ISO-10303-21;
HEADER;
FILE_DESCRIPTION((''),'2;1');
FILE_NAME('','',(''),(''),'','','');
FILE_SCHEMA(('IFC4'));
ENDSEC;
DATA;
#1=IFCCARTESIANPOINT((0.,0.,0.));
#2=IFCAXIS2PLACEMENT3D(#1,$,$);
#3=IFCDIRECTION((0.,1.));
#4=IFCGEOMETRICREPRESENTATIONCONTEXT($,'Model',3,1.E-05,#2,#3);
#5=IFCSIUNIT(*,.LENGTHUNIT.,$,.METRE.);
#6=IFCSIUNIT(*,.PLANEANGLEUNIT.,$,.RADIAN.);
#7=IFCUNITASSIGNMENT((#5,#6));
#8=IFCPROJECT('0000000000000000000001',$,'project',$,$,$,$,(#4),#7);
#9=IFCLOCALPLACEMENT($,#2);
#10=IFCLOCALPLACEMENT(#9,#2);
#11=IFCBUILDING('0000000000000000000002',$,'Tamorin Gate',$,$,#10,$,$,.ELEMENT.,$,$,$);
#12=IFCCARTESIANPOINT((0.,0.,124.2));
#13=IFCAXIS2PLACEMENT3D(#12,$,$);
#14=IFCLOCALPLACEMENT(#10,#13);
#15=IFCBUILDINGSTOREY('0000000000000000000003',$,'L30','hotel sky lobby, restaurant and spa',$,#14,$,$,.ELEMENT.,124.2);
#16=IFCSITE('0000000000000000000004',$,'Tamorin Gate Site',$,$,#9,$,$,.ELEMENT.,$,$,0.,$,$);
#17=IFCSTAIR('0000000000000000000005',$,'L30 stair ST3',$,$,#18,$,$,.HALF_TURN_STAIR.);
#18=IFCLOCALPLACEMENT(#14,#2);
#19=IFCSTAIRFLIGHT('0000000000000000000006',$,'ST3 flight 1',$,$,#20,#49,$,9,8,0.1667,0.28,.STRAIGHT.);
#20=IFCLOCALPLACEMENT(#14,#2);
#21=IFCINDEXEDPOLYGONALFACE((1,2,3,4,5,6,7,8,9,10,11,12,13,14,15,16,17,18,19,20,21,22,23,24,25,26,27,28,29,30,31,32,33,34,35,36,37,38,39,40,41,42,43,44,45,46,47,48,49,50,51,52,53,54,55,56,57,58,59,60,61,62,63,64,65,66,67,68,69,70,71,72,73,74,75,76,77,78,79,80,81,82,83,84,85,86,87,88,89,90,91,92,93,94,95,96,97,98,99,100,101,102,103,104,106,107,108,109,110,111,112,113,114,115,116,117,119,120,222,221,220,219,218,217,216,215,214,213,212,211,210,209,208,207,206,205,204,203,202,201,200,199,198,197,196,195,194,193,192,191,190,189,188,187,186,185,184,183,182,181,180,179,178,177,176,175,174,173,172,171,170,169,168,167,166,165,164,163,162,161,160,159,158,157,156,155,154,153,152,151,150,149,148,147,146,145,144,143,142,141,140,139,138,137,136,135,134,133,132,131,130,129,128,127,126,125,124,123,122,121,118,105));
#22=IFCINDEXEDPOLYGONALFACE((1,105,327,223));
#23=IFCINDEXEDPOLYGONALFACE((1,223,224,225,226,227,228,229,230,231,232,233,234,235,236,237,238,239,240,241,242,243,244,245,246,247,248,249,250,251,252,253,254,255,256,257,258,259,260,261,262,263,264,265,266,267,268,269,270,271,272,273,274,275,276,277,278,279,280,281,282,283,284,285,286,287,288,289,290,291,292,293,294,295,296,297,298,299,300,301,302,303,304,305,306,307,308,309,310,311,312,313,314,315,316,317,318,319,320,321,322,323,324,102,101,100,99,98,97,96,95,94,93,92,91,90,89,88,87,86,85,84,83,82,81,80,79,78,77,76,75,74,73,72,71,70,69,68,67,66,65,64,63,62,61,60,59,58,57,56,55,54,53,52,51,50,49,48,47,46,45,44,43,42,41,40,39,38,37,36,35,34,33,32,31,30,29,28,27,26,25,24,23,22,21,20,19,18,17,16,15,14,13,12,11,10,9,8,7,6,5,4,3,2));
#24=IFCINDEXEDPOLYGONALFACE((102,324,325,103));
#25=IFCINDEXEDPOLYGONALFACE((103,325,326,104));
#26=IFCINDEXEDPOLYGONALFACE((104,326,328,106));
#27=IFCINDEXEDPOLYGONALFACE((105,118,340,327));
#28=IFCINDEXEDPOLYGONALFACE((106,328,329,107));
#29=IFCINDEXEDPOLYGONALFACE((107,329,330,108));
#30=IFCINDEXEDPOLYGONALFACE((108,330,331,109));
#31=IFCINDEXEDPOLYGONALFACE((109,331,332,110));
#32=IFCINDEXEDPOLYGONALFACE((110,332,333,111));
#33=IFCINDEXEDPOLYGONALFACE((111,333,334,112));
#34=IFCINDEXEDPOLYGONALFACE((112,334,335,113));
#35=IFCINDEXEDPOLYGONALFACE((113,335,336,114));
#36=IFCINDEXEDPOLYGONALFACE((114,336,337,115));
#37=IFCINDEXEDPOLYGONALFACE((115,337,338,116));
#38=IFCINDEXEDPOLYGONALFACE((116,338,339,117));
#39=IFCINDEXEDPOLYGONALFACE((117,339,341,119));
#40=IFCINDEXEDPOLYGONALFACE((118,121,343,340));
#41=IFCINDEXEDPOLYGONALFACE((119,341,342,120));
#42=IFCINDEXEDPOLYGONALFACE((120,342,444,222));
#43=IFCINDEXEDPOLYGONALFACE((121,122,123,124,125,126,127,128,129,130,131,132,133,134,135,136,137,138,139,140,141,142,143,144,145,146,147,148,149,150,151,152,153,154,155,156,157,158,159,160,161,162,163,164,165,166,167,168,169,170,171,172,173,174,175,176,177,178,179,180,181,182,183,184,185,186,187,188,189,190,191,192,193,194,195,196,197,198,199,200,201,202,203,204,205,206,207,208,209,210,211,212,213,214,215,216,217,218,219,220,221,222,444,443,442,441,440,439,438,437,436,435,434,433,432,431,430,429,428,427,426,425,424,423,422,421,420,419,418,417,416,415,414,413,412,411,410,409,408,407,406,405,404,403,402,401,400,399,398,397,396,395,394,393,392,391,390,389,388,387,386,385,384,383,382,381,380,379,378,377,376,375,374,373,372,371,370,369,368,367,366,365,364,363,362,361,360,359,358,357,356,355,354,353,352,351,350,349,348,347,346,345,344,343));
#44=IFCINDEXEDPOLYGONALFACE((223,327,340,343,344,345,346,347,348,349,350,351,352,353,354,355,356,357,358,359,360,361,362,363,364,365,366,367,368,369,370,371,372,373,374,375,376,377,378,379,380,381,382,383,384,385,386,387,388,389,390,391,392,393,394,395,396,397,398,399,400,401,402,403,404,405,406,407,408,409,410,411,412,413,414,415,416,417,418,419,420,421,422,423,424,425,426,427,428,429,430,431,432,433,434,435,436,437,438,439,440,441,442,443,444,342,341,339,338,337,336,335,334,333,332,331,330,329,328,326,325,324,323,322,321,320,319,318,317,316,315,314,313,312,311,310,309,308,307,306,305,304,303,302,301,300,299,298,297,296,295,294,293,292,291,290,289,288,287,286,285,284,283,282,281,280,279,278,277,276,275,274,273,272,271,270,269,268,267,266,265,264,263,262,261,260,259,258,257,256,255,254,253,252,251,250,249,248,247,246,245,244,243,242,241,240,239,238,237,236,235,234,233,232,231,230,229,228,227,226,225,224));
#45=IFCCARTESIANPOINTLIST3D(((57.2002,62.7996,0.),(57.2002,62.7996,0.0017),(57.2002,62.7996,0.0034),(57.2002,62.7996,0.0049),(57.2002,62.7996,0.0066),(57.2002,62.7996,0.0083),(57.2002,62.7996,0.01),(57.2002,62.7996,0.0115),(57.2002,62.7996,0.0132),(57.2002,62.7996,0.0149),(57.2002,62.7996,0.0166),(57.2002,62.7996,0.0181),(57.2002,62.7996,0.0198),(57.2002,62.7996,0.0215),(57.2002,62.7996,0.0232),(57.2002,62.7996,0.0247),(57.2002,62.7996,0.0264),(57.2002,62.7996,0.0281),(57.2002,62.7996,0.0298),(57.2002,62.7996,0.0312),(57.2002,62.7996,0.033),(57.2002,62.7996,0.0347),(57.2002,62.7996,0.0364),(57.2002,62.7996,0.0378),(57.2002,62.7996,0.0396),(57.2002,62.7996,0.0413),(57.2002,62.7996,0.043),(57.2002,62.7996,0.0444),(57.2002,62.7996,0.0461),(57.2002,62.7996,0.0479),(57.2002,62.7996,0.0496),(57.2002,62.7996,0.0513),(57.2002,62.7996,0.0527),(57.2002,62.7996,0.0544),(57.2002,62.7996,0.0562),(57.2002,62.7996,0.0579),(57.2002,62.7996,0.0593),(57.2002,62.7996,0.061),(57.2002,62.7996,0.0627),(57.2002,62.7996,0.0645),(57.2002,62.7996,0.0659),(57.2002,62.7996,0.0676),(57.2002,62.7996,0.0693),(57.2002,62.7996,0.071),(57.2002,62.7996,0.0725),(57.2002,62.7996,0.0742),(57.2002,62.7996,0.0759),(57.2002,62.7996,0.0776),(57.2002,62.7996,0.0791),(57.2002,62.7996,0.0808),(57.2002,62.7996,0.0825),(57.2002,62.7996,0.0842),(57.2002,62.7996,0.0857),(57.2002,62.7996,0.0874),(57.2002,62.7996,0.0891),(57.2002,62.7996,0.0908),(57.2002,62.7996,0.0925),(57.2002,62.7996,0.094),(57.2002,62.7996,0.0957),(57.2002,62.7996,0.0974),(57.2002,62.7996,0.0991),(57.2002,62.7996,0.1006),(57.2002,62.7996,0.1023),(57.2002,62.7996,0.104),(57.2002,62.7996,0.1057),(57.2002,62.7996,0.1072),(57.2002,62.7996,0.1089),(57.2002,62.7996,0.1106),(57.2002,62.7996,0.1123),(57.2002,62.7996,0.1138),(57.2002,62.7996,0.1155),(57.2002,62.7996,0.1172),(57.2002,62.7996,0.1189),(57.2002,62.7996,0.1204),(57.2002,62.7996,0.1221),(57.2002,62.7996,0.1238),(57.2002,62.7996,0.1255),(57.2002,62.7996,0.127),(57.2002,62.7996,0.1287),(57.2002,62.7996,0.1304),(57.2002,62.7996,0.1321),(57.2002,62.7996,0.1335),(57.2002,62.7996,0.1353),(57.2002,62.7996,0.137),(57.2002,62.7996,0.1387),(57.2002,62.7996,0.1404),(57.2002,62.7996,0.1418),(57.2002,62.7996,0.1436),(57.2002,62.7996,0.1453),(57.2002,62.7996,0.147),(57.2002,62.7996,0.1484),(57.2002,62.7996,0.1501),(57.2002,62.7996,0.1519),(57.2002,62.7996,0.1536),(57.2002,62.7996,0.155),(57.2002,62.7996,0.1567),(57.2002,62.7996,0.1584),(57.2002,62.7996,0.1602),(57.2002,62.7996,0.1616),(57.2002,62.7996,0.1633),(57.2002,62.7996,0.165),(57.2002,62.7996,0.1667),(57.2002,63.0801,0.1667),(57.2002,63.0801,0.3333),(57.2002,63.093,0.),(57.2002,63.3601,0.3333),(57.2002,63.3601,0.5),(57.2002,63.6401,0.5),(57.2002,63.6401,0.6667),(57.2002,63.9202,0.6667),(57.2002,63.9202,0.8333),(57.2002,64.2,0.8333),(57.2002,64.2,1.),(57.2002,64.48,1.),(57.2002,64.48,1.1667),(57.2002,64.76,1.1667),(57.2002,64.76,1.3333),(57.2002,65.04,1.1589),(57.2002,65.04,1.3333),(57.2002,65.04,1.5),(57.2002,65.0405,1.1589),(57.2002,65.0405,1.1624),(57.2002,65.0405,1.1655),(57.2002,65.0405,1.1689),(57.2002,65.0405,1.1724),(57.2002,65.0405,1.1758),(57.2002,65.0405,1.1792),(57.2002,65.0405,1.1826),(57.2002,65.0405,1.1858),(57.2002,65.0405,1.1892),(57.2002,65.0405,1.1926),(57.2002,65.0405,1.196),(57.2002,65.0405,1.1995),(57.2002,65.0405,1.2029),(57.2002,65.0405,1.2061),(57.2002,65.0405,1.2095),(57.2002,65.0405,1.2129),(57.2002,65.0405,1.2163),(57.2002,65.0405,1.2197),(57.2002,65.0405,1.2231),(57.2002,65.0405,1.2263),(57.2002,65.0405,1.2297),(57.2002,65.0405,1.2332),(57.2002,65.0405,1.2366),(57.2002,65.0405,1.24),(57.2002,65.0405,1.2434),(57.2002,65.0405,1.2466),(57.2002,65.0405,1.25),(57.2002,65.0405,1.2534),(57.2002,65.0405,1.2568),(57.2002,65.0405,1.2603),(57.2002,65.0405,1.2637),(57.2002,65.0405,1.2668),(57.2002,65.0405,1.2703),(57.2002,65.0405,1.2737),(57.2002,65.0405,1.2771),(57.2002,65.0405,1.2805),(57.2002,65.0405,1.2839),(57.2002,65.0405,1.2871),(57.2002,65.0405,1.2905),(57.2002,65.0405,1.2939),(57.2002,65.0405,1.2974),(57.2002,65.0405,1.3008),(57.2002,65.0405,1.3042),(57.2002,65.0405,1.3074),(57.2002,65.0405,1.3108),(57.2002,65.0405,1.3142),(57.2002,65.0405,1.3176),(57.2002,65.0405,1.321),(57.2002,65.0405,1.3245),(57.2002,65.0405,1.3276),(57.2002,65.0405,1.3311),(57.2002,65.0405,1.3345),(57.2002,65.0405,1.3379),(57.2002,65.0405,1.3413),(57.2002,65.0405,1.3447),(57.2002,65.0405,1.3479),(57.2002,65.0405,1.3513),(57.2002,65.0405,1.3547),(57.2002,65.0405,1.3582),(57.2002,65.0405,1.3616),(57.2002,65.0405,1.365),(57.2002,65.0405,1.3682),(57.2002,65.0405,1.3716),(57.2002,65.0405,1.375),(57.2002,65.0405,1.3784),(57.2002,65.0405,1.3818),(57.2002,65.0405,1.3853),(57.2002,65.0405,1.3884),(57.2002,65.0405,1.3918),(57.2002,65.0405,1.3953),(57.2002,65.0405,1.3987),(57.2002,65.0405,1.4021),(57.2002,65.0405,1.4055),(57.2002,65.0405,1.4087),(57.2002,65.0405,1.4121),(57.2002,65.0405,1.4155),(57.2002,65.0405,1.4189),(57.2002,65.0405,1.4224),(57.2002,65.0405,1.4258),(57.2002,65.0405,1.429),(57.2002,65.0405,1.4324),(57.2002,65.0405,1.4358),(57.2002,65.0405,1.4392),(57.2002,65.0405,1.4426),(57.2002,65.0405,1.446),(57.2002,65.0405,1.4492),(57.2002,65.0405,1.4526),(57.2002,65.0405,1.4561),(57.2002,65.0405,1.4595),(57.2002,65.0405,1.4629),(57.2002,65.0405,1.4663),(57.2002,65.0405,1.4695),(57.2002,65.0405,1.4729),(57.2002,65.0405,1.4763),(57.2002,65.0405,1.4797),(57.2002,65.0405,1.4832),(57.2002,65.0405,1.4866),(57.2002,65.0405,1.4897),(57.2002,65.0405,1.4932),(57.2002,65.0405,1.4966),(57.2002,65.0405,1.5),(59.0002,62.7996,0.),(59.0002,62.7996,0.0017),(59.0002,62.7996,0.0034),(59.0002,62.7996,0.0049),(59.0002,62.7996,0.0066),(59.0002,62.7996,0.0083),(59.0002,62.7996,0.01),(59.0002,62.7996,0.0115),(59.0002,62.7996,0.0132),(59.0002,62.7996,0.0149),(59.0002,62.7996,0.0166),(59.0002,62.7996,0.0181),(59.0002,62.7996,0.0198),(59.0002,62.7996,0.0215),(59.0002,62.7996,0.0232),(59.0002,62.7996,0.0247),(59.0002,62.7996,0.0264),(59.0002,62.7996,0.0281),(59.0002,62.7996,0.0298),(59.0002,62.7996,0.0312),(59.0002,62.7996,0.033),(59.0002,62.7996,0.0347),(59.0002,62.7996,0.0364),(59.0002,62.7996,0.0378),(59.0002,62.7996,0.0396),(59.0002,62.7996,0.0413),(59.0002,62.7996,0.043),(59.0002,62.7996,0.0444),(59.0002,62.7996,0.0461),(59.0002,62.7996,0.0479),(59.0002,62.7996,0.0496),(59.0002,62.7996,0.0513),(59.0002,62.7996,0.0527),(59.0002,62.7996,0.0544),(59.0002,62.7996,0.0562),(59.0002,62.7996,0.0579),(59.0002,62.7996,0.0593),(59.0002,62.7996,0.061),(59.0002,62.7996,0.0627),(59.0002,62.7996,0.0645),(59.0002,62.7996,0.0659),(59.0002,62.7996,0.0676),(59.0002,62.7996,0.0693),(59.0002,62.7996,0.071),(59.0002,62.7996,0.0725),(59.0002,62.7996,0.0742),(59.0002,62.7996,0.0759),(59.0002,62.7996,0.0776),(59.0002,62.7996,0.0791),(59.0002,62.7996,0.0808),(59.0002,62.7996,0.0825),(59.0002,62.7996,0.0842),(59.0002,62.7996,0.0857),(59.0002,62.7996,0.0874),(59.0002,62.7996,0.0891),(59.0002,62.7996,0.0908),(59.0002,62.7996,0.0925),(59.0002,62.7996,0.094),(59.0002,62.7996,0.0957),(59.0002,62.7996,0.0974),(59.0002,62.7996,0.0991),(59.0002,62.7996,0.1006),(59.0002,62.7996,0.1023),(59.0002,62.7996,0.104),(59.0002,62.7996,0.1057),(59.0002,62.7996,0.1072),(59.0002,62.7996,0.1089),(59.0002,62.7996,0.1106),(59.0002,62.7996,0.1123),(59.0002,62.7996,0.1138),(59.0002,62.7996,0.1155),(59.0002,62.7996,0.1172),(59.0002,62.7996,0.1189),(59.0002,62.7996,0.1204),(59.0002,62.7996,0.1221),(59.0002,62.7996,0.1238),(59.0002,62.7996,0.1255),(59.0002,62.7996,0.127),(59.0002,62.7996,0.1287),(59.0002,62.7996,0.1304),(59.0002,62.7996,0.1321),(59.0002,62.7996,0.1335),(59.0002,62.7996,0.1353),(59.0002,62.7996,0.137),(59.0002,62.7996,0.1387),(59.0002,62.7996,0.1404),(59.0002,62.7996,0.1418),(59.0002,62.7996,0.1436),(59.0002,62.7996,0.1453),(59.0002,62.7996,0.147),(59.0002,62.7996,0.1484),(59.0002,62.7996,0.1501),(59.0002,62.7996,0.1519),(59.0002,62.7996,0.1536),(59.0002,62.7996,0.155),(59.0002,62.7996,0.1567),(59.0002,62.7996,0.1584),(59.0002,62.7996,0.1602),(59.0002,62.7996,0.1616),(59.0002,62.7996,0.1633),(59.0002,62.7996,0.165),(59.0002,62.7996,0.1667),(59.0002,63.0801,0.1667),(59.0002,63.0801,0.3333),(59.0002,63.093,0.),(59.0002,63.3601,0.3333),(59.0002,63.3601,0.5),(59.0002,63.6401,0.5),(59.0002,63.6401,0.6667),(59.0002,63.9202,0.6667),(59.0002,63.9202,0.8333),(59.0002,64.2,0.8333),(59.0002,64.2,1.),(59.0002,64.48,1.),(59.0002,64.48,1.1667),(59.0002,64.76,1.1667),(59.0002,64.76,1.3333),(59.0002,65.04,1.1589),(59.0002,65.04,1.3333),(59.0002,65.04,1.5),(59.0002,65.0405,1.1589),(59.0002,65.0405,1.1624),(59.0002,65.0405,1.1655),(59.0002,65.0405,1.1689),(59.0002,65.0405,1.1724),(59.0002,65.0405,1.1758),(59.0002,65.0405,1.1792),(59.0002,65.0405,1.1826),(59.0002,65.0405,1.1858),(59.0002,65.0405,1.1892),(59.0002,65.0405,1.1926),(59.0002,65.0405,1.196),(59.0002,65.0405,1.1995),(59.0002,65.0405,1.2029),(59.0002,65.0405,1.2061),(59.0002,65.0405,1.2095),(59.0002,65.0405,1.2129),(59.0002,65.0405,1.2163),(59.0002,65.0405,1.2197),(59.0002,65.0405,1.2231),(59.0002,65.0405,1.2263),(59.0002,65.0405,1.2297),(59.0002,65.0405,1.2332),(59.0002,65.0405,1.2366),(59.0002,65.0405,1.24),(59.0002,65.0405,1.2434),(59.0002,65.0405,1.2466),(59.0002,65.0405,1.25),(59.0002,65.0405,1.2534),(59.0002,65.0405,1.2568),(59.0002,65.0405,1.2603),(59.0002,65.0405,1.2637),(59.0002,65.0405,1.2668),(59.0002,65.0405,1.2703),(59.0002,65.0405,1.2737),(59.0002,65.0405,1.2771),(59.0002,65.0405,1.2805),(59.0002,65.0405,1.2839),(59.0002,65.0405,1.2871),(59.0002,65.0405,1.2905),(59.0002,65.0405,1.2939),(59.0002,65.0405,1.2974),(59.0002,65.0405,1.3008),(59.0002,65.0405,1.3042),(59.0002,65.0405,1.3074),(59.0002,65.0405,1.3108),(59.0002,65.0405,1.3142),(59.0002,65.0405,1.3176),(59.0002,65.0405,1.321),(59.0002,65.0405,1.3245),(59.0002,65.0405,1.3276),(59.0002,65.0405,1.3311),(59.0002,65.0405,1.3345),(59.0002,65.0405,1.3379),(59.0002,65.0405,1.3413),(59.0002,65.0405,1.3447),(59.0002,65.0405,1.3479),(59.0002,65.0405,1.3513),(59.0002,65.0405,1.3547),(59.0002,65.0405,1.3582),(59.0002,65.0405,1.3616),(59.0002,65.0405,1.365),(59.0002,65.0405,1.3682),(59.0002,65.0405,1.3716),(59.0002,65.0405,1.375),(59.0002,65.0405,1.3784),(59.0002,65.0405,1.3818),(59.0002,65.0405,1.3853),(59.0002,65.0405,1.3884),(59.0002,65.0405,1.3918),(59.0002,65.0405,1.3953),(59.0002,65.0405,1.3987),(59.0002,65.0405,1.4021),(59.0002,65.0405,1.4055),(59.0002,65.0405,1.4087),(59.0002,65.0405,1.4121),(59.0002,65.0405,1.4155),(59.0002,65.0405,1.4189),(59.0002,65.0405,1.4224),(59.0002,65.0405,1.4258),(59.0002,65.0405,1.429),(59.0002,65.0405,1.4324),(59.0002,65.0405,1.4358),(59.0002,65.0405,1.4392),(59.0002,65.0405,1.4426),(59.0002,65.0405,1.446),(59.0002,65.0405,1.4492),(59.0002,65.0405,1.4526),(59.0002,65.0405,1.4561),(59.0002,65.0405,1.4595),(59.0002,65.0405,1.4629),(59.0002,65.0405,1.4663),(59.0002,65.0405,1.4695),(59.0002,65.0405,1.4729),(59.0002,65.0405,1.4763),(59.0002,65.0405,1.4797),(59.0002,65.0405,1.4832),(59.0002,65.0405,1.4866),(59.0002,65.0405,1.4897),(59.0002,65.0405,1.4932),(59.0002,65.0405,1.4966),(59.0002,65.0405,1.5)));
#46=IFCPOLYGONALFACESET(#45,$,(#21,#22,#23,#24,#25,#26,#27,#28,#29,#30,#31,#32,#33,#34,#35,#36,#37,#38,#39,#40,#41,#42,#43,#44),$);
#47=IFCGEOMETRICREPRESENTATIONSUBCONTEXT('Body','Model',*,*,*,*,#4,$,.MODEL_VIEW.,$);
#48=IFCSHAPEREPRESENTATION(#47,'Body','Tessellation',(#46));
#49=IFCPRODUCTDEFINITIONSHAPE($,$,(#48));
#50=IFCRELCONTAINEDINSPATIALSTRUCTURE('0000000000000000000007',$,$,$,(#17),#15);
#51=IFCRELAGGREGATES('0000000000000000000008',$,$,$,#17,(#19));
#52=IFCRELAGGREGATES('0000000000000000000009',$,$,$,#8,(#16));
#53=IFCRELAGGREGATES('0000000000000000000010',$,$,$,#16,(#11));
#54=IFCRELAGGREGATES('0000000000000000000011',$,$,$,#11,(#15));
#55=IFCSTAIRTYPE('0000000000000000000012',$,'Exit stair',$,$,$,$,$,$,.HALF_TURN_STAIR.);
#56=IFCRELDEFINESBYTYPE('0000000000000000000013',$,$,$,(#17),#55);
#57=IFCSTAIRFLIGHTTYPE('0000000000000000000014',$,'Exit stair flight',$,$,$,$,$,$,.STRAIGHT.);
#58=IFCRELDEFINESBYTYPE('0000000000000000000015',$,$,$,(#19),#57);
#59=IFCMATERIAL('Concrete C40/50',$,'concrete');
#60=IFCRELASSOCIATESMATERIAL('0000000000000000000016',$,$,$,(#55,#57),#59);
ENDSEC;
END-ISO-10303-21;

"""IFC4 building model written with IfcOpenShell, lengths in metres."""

from ifc_helpers import new_model, si_unit, direction, frame, origin, place, context, subcontext, project, spatial, polyline, outline, extrude, material, type_object, element, aggregate, save


model = new_model("IFC4")

# Units and contexts
model_context = context("Model", 3, precision=1e-05, world=origin(), true_north=direction((0.0, 1.0)))
body_context = subcontext(model_context, "Body", "Model", "MODEL_VIEW")
ifc_project = project(units=[si_unit("LENGTHUNIT", "METRE"), si_unit("PLANEANGLEUNIT", "RADIAN")], contexts=[model_context])

# Site, building, storey
site_placement = place(None, origin())
site = spatial("IfcSite", under=ifc_project, at=site_placement, Name="Tamorin Gate Site", CompositionType="ELEMENT", RefElevation=0.0)
building_placement = place(site_placement, origin())
building = spatial("IfcBuilding", under=site, at=building_placement, Name="Tamorin Gate", CompositionType="ELEMENT")
storey_placement = place(building_placement, frame((0.0, 0.0, 124.2)))
storey = spatial("IfcBuildingStorey", under=building, at=storey_placement, Name="L30", Description="hotel sky lobby, restaurant and spa", CompositionType="ELEMENT", Elevation=124.2)

# Shared definitions
ifc_material_1 = material(Name="Concrete C40/50", Category="concrete")

# Stair, stair flight
stair_type = type_object("IfcStairType", Name="Exit stair", PredefinedType="HALF_TURN_STAIR", material=ifc_material_1)
stair_placement = place(storey_placement, origin())
stair = element("IfcStair", 1, at=stair_placement, inside=storey, type_object=stair_type, Name="L30 stair ST3", PredefinedType="HALF_TURN_STAIR")
stair_flight_type = type_object("IfcStairFlightType", Name="Exit stair flight", PredefinedType="STRAIGHT", material=ifc_material_1)
stair_flight_1_placement = place(storey_placement, frame((58.1001, 62.8, 0.0), z_axis=(0.0, 0.0, 1.0), x_axis=(0.0, 1.0, 0.0)))
stair_flight_1 = element("IfcStairFlight", 2, at=stair_flight_1_placement, type_object=stair_flight_type, Name="ST3 flight 1", NumberOfRisers=9, NumberOfTreads=8, PredefinedType="STRAIGHT", RiserHeight=0.1667, TreadLength=0.28, context=body_context, shape_type="SweptSolid", body=[
    extrude(outline(polyline([(-0.0005, 0.0), (-0.0005, 0.0017), (-0.0005, 0.0034), (-0.0005, 0.0049), (-0.0005, 0.0066), (-0.0005, 0.0083), (-0.0005, 0.01), (-0.0005, 0.0115), (-0.0005, 0.0132), (-0.0005, 0.0149), (-0.0005, 0.0166), (-0.0005, 0.0181), (-0.0005, 0.0198), (-0.0005, 0.0215), (-0.0005, 0.0232), (-0.0005, 0.0247), (-0.0005, 0.0264), (-0.0005, 0.0281), (-0.0005, 0.0298), (-0.0005, 0.0312), (-0.0005, 0.033), (-0.0005, 0.0347), (-0.0005, 0.0364), (-0.0005, 0.0378), (-0.0005, 0.0396), (-0.0005, 0.0413), (-0.0005, 0.043), (-0.0005, 0.0444), (-0.0005, 0.0461), (-0.0005, 0.0479), (-0.0005, 0.0496), (-0.0005, 0.0513), (-0.0005, 0.0527), (-0.0005, 0.0544), (-0.0005, 0.0562), (-0.0005, 0.0579), (-0.0005, 0.0593), (-0.0005, 0.061), (-0.0005, 0.0627), (-0.0005, 0.0645), (-0.0005, 0.0659), (-0.0005, 0.0676), (-0.0005, 0.0693), (-0.0005, 0.071), (-0.0005, 0.0725), (-0.0005, 0.0742), (-0.0005, 0.0759), (-0.0005, 0.0776), (-0.0005, 0.0791), (-0.0005, 0.0808), (-0.0005, 0.0825), (-0.0005, 0.0842), (-0.0005, 0.0857), (-0.0005, 0.0874), (-0.0005, 0.0891), (-0.0005, 0.0908), (-0.0005, 0.0925), (-0.0005, 0.094), (-0.0005, 0.0957), (-0.0005, 0.0974), (-0.0005, 0.0991), (-0.0005, 0.1006), (-0.0005, 0.1023), (-0.0005, 0.104), (-0.0005, 0.1057), (-0.0005, 0.1072), (-0.0005, 0.1089), (-0.0005, 0.1106), (-0.0005, 0.1123), (-0.0005, 0.1138), (-0.0005, 0.1155), (-0.0005, 0.1172), (-0.0005, 0.1189), (-0.0005, 0.1204), (-0.0005, 0.1221), (-0.0005, 0.1238), (-0.0005, 0.1255), (-0.0005, 0.127), (-0.0005, 0.1287), (-0.0005, 0.1304), (-0.0005, 0.1321), (-0.0005, 0.1335), (-0.0005, 0.1353), (-0.0005, 0.137), (-0.0005, 0.1387), (-0.0005, 0.1404), (-0.0005, 0.1418), (-0.0005, 0.1436), (-0.0005, 0.1453), (-0.0005, 0.147), (-0.0005, 0.1484), (-0.0005, 0.1501), (-0.0005, 0.1519), (-0.0005, 0.1536), (-0.0005, 0.155), (-0.0005, 0.1567), (-0.0005, 0.1584), (-0.0005, 0.1602), (-0.0005, 0.1616), (-0.0005, 0.1633), (-0.0005, 0.165), (-0.0005, 0.1667), (0.28, 0.1667), (0.28, 0.3333), (0.5601, 0.3333), (0.5601, 0.5), (0.8401, 0.5), (0.8401, 0.6667), (1.1201, 0.6667), (1.1201, 0.8333), (1.3999, 0.8333), (1.3999, 1.0), (1.6799, 1.0), (1.6799, 1.1667), (1.96, 1.1667), (1.96, 1.3333), (2.24, 1.3333), (2.24, 1.5), (2.2405, 1.5), (2.2405, 1.4966), (2.2405, 1.4932), (2.2405, 1.4897), (2.2405, 1.4866), (2.2405, 1.4832), (2.2405, 1.4797), (2.2405, 1.4763), (2.2405, 1.4729), (2.2405, 1.4695), (2.2405, 1.4663), (2.2405, 1.4629), (2.2405, 1.4595), (2.2405, 1.4561), (2.2405, 1.4526), (2.2405, 1.4492), (2.2405, 1.446), (2.2405, 1.4426), (2.2405, 1.4392), (2.2405, 1.4358), (2.2405, 1.4324), (2.2405, 1.429), (2.2405, 1.4258), (2.2405, 1.4224), (2.2405, 1.4189), (2.2405, 1.4155), (2.2405, 1.4121), (2.2405, 1.4087), (2.2405, 1.4055), (2.2405, 1.4021), (2.2405, 1.3987), (2.2405, 1.3953), (2.2405, 1.3918), (2.2405, 1.3884), (2.2405, 1.3853), (2.2405, 1.3818), (2.2405, 1.3784), (2.2405, 1.375), (2.2405, 1.3716), (2.2405, 1.3682), (2.2405, 1.365), (2.2405, 1.3616), (2.2405, 1.3582), (2.2405, 1.3547), (2.2405, 1.3513), (2.2405, 1.3479), (2.2405, 1.3447), (2.2405, 1.3413), (2.2405, 1.3379), (2.2405, 1.3345), (2.2405, 1.3311), (2.2405, 1.3276), (2.2405, 1.3245), (2.2405, 1.321), (2.2405, 1.3176), (2.2405, 1.3142), (2.2405, 1.3108), (2.2405, 1.3074), (2.2405, 1.3042), (2.2405, 1.3008), (2.2405, 1.2974), (2.2405, 1.2939), (2.2405, 1.2905), (2.2405, 1.2871), (2.2405, 1.2839), (2.2405, 1.2805), (2.2405, 1.2771), (2.2405, 1.2737), (2.2405, 1.2703), (2.2405, 1.2668), (2.2405, 1.2637), (2.2405, 1.2603), (2.2405, 1.2568), (2.2405, 1.2534), (2.2405, 1.25), (2.2405, 1.2466), (2.2405, 1.2434), (2.2405, 1.24), (2.2405, 1.2366), (2.2405, 1.2332), (2.2405, 1.2297), (2.2405, 1.2263), (2.2405, 1.2231), (2.2405, 1.2197), (2.2405, 1.2163), (2.2405, 1.2129), (2.2405, 1.2095), (2.2405, 1.2061), (2.2405, 1.2029), (2.2405, 1.1995), (2.2405, 1.196), (2.2405, 1.1926), (2.2405, 1.1892), (2.2405, 1.1858), (2.2405, 1.1826), (2.2405, 1.1792), (2.2405, 1.1758), (2.2405, 1.1724), (2.2405, 1.1689), (2.2405, 1.1655), (2.2405, 1.1624), (2.2405, 1.1589), (2.24, 1.1589), (0.293, 0.0), (-0.0005, 0.0)])), frame((0.0, 0.8999, 0.0), z_axis=(0.0, -1.0, 0.0), x_axis=(1.0, 0.0, 0.0)), (0.0, 0.0, 1.0), 1.8),
])
aggregate(stair, [stair_flight_1])

save(model, "model.ifc")
